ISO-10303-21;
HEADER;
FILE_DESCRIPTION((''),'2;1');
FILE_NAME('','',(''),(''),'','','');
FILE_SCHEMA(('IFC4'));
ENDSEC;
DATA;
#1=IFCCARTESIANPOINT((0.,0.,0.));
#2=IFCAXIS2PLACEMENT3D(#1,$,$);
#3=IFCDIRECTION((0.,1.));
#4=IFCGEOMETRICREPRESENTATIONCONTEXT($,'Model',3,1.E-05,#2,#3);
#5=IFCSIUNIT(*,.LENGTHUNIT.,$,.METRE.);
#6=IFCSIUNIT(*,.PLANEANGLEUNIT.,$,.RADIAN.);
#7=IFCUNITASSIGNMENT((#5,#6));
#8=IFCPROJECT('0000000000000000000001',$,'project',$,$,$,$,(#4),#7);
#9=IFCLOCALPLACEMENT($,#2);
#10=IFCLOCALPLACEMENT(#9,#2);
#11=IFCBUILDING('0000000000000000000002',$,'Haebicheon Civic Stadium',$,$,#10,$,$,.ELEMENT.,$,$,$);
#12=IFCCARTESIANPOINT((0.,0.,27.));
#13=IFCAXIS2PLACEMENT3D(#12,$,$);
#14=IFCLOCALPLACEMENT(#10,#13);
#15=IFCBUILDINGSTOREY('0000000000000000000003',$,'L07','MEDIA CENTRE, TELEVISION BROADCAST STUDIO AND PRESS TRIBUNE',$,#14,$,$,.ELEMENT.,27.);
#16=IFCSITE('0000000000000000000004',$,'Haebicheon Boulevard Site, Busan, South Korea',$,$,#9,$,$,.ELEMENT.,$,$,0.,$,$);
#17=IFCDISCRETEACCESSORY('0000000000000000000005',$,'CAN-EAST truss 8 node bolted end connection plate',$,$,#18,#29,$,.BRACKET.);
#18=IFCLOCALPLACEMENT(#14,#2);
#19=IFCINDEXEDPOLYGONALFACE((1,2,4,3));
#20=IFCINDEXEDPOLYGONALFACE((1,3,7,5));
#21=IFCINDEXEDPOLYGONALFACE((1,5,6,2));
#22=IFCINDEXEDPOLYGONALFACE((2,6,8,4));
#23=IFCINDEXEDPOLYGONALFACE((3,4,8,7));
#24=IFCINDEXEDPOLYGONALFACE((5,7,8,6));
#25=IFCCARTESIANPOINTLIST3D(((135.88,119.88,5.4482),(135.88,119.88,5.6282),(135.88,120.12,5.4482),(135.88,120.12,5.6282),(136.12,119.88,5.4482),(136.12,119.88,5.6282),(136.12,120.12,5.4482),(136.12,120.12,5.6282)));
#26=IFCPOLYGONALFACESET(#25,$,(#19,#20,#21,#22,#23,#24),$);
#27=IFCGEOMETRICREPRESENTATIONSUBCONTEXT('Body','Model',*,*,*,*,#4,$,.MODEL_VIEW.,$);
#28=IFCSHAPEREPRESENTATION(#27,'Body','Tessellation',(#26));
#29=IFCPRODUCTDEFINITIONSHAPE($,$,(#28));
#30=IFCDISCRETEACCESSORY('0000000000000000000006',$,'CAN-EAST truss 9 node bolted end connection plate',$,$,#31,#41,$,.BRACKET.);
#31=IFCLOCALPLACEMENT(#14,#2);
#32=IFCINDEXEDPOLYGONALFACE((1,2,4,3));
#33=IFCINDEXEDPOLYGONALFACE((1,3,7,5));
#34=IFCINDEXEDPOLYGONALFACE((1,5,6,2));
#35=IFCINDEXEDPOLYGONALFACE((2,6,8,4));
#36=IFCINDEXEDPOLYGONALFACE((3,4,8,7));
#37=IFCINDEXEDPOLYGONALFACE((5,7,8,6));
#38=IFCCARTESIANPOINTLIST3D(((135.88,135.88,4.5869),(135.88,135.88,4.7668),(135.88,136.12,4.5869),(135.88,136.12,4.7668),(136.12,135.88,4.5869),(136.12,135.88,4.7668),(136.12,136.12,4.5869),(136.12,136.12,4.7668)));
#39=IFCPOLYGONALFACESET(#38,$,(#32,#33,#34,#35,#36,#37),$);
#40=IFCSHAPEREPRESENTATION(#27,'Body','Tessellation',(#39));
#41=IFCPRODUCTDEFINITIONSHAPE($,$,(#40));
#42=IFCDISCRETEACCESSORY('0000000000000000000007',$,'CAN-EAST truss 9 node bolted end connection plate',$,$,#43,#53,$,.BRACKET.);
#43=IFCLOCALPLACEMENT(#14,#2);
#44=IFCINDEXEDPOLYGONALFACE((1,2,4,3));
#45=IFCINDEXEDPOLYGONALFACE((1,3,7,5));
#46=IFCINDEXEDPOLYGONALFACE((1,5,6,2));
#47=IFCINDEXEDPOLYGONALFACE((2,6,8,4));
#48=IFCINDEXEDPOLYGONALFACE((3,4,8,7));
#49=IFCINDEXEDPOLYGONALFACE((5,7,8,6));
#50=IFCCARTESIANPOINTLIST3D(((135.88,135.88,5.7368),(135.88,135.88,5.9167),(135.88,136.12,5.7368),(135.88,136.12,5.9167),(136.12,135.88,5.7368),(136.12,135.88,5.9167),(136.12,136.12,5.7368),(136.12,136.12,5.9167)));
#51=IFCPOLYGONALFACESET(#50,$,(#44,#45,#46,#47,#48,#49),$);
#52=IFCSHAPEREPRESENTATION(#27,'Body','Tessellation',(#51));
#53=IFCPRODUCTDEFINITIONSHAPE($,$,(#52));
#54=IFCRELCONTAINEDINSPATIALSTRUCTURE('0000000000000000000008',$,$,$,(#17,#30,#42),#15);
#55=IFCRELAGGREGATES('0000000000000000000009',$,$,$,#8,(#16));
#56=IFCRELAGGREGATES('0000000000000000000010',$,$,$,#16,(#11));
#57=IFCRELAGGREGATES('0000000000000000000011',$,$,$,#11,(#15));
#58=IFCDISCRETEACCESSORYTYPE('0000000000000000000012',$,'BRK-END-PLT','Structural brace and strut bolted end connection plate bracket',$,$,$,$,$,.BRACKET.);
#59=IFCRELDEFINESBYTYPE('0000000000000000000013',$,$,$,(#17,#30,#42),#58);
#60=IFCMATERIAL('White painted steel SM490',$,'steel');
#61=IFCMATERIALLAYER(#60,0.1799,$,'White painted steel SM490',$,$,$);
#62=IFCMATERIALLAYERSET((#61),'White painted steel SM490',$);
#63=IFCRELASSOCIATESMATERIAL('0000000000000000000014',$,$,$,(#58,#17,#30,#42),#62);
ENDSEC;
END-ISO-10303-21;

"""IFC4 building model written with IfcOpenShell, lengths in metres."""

from ifc_helpers import new_model, si_unit, direction, frame, origin, origin_2d, place, context, subcontext, project, spatial, rectangle, extrude, material, layer, layer_set, type_object, element, save


model = new_model("IFC4")

# Units and contexts
model_context = context("Model", 3, precision=1e-05, world=origin(), true_north=direction((0.0, 1.0)))
body_context = subcontext(model_context, "Body", "Model", "MODEL_VIEW")
ifc_project = project(units=[si_unit("LENGTHUNIT", "METRE"), si_unit("PLANEANGLEUNIT", "RADIAN")], contexts=[model_context])

# Site, building, storey
site_placement = place(None, origin())
site = spatial("IfcSite", under=ifc_project, at=site_placement, Name="Haebicheon Boulevard Site, Busan, South Korea", CompositionType="ELEMENT", RefElevation=0.0)
building_placement = place(site_placement, origin())
building = spatial("IfcBuilding", under=site, at=building_placement, Name="Haebicheon Civic Stadium", CompositionType="ELEMENT")
storey_placement = place(building_placement, frame((0.0, 0.0, 27.0)))
storey = spatial("IfcBuildingStorey", under=building, at=storey_placement, Name="L07", Description="MEDIA CENTRE, TELEVISION BROADCAST STUDIO AND PRESS TRIBUNE", CompositionType="ELEMENT", Elevation=27.0)

# Discrete accessories
ifc_material_1 = material(Name="White painted steel SM490", Category="steel")
ifc_layer = layer(ifc_material_1, 0.1799, Name="White painted steel SM490")
ifc_layer_set = layer_set([ifc_layer], Name="White painted steel SM490")
discrete_accessory_type = type_object("IfcDiscreteAccessoryType", Name="BRK-END-PLT", Description="Structural brace and strut bolted end connection plate bracket", PredefinedType="BRACKET", material=ifc_layer_set)
for number, where, z_axis, x_axis, name in (
    (1, (136.0, 120.0, 5.4482), (0.0, 0.0, 1.0), (1.0, 0.0, 0.0), "CAN-EAST truss 8 node bolted end connection plate"),
    (2, (136.0, 136.0, 4.5869), (0.0, 0.0, 1.0), (1.0, 0.0, 0.0), "CAN-EAST truss 9 node bolted end connection plate"),
    (3, (136.0, 136.0, 5.7368), (0.0, 0.0, 1.0), (1.0, 0.0, 0.0), "CAN-EAST truss 9 node bolted end connection plate"),
):
    element("IfcDiscreteAccessory", number, at=place(storey_placement, frame(where, z_axis=z_axis, x_axis=x_axis)), inside=storey, type_object=discrete_accessory_type, material=ifc_layer_set, Name=name, PredefinedType="BRACKET", context=body_context, shape_type="SweptSolid", body=[
        extrude(rectangle(XDim=0.24, YDim=0.24, at=origin_2d()), origin(), (0.0, 0.0, 1.0), 0.1799),
    ])

save(model, "model.ifc")
